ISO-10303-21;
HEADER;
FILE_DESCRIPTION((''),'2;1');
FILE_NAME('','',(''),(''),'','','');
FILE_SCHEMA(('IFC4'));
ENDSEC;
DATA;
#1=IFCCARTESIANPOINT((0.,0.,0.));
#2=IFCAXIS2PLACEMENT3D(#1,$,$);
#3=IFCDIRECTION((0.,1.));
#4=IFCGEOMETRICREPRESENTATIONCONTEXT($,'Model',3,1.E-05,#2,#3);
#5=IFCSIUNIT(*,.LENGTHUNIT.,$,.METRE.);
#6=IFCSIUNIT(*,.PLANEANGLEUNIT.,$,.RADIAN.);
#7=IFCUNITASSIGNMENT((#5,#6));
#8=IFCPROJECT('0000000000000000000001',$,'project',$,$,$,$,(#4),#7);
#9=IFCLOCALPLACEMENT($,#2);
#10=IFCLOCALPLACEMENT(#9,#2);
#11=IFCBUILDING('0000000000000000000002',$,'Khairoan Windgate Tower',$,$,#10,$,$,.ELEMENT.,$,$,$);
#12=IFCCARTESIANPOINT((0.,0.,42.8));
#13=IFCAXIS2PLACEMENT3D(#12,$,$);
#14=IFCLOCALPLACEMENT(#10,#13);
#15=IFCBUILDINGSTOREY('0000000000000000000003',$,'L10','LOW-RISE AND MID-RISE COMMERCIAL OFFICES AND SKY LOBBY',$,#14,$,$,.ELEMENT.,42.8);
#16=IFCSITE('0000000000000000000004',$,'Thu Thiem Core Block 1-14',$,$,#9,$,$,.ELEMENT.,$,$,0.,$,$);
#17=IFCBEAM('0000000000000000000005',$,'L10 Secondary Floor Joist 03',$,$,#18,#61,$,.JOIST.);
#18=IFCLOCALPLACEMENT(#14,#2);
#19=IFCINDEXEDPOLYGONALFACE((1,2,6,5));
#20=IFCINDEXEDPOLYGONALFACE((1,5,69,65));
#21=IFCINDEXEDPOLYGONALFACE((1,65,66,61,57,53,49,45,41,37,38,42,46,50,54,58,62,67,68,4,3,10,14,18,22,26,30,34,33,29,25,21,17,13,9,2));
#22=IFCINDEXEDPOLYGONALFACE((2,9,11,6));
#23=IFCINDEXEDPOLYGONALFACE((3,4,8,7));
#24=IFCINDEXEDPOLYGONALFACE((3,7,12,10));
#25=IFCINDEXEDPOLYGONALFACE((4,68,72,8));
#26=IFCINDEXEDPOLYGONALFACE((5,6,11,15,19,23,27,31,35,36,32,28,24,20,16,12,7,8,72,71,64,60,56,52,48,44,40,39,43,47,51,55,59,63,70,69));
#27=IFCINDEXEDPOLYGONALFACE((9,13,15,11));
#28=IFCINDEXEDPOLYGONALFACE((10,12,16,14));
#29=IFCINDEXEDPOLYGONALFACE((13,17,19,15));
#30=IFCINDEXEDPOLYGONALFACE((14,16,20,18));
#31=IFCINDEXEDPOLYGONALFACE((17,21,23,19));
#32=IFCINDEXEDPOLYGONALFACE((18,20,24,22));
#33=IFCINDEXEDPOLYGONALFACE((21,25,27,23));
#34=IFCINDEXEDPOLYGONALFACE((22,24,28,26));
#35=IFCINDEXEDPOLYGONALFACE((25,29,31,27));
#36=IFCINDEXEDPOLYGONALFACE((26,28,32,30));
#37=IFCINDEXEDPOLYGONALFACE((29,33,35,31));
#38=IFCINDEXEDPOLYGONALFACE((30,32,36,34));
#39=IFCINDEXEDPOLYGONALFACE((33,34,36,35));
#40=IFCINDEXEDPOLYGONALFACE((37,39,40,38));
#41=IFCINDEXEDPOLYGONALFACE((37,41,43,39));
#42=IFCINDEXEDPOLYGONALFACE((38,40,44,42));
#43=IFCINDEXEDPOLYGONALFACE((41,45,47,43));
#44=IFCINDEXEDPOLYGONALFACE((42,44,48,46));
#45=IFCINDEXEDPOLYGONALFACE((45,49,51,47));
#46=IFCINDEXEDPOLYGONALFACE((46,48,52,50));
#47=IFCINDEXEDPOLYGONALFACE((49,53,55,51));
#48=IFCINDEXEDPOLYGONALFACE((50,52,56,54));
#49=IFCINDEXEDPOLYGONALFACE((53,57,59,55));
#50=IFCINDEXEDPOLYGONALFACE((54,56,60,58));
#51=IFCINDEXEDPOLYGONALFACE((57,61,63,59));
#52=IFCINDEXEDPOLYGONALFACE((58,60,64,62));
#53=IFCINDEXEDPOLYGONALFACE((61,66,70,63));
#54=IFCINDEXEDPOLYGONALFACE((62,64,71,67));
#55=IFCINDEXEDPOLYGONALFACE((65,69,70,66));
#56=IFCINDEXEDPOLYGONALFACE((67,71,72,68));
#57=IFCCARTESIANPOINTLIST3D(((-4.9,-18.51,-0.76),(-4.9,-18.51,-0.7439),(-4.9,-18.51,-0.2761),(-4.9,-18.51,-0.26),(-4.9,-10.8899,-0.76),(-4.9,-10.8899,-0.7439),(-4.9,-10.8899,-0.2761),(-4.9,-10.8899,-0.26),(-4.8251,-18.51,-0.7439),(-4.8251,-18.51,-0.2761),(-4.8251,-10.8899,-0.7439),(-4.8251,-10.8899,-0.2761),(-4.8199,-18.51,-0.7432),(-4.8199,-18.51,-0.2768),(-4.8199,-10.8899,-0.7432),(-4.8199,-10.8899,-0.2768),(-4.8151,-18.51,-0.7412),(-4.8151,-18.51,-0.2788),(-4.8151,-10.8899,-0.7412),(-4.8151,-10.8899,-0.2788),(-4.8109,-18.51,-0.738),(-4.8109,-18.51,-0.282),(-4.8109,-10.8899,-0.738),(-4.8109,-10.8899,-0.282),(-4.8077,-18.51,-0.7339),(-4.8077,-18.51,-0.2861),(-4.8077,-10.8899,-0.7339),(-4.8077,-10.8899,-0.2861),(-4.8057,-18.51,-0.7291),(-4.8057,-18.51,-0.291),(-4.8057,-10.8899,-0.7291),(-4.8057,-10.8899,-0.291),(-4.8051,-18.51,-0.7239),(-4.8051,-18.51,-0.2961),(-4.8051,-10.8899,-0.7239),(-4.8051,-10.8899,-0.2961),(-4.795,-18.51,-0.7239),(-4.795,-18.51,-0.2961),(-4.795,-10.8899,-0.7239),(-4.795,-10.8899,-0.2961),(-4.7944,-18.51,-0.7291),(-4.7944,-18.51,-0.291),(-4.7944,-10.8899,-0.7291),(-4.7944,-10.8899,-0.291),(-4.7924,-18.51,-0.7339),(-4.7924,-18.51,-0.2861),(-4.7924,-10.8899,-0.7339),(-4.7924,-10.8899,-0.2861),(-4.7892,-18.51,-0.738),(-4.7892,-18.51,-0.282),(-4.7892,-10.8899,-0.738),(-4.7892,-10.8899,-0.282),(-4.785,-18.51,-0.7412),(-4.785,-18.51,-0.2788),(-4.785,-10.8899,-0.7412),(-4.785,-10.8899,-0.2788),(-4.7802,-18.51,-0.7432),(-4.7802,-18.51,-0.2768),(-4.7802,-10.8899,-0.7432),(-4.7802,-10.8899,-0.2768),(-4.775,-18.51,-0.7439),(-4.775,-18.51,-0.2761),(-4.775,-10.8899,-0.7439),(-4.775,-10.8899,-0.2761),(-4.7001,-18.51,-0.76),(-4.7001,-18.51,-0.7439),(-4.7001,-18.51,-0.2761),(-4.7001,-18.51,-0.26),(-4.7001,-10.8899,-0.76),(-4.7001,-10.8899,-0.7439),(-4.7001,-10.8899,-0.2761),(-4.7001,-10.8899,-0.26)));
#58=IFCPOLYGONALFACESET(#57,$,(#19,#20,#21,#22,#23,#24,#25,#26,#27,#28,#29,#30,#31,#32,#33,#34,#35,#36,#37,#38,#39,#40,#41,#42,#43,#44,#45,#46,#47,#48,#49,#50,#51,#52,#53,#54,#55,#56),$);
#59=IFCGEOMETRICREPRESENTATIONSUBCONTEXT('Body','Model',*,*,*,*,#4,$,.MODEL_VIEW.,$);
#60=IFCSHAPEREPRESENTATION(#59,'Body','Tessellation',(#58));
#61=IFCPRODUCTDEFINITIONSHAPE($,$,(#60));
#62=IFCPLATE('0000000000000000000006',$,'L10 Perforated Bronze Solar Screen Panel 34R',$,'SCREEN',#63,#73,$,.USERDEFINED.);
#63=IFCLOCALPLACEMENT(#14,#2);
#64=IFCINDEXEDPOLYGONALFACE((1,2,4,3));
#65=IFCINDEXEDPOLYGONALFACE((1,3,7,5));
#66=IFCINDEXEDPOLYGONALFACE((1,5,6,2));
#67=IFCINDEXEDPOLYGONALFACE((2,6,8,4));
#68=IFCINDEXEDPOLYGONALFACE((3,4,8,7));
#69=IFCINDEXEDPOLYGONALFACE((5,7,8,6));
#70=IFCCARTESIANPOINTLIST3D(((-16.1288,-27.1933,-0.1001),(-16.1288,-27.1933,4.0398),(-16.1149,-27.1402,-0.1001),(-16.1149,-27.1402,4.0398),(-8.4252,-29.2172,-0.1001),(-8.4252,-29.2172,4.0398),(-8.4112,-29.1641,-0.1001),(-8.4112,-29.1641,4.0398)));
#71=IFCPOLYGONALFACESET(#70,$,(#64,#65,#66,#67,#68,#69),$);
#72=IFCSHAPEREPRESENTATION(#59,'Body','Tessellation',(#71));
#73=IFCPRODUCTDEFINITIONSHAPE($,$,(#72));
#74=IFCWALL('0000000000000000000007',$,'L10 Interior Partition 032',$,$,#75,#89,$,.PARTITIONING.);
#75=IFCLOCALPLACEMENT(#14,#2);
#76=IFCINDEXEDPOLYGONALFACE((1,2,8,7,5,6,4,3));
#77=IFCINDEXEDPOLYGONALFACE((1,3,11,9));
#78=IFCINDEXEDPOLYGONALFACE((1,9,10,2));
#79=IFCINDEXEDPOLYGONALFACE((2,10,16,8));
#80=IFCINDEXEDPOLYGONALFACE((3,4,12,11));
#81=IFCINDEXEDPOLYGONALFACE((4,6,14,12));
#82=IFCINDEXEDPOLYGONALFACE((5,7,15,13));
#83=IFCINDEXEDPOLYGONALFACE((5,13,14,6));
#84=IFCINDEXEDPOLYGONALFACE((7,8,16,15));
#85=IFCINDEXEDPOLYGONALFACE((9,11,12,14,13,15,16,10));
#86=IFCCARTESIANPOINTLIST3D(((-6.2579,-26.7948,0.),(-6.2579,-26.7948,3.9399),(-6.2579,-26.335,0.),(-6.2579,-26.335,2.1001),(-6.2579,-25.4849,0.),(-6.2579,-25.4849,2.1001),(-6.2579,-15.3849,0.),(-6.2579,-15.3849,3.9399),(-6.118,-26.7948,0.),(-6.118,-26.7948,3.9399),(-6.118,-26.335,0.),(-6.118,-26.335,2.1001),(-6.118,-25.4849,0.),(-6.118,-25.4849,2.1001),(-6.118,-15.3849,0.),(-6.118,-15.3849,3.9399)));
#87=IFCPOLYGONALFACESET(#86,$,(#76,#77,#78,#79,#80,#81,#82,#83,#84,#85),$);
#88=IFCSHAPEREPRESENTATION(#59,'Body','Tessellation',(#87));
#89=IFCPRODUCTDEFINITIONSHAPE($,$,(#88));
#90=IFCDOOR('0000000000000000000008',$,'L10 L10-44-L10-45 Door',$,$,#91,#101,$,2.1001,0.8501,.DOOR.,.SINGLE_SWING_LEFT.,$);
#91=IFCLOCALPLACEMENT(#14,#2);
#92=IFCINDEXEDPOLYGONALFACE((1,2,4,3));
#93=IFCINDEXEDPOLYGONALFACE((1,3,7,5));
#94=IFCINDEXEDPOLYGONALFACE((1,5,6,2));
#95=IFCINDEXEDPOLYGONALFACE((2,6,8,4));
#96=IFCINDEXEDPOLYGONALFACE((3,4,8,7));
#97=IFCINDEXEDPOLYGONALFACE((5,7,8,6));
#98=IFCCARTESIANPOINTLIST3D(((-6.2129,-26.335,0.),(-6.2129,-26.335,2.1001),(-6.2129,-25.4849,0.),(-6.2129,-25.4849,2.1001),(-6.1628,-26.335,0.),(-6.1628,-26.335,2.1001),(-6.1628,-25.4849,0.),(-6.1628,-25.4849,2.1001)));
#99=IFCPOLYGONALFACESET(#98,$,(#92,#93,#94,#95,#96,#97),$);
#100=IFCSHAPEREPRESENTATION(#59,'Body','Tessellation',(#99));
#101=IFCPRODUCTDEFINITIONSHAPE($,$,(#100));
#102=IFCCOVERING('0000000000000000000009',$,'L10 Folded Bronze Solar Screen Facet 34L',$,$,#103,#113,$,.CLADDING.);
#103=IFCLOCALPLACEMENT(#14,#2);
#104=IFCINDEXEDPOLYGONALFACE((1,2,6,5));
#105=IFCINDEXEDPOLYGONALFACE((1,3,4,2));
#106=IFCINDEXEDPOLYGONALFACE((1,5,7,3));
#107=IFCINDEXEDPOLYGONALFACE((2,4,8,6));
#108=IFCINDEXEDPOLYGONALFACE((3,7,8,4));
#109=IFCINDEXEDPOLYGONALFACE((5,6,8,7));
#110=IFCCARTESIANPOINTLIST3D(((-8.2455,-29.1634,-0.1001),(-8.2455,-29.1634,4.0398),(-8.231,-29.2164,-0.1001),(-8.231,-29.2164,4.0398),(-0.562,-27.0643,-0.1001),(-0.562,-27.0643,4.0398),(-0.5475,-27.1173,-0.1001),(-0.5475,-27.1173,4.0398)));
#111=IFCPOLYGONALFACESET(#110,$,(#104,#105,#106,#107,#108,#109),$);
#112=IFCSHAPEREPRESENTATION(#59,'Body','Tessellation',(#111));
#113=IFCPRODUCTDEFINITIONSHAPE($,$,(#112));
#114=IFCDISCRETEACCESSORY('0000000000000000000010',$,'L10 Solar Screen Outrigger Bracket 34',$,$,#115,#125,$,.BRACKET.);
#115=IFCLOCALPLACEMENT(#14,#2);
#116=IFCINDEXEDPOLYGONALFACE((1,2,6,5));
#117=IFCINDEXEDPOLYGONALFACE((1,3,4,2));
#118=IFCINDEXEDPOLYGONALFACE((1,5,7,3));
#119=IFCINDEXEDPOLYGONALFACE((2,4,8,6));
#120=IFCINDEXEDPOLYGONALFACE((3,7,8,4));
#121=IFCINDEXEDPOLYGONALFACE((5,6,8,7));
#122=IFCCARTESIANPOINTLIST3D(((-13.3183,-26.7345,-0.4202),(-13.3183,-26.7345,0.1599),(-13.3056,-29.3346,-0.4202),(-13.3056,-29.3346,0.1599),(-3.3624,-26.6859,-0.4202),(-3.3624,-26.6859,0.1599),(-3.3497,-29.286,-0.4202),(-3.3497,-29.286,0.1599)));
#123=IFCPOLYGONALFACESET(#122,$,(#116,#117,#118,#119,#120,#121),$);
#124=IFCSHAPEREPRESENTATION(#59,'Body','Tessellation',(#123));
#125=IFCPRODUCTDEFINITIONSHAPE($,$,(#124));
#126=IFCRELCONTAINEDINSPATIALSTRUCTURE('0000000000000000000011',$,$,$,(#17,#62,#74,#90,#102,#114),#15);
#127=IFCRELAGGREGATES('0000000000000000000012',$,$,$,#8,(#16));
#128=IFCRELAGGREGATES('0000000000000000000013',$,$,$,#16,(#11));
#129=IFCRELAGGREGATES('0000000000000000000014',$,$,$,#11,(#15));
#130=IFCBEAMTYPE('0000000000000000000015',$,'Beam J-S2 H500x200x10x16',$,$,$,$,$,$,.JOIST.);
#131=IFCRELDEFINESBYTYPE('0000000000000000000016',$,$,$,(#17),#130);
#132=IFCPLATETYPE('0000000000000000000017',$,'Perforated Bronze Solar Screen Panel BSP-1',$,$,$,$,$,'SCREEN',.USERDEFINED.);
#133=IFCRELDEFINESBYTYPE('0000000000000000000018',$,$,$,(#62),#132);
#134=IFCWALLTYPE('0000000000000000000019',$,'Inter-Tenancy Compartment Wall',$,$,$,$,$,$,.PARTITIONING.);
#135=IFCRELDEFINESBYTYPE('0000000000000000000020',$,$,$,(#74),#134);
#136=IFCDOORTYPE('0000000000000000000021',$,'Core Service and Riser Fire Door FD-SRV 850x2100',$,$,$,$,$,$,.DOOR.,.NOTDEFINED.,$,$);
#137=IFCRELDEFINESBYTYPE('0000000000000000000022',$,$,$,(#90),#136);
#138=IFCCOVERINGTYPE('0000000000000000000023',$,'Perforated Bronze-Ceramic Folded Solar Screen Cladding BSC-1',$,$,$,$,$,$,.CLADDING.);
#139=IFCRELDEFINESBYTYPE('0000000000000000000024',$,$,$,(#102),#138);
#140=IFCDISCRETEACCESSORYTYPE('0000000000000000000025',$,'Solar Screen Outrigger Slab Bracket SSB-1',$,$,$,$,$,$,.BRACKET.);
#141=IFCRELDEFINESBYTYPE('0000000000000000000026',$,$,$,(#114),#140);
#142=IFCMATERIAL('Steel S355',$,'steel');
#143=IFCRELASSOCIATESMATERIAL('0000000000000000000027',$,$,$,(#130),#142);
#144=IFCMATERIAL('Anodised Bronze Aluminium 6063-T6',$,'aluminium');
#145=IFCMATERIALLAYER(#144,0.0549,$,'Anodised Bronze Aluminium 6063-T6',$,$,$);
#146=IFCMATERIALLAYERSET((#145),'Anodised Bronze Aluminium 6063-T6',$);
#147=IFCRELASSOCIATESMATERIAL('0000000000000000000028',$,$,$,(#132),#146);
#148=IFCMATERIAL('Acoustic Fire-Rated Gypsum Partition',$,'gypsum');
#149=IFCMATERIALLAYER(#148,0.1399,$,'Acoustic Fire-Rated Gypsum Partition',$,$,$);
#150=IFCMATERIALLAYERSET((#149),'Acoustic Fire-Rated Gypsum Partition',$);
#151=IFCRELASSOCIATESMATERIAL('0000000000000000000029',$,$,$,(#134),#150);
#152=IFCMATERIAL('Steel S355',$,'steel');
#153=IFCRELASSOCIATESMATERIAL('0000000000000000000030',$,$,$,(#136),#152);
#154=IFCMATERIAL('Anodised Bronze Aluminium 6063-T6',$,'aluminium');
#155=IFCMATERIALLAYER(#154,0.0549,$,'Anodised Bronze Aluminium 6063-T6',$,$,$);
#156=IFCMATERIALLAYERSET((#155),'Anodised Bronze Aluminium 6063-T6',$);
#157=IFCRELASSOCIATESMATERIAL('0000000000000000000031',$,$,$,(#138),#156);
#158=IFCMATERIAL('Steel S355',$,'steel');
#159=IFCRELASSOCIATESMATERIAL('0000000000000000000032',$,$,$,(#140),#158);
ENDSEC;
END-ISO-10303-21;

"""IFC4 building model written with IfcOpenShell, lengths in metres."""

from ifc_helpers import new_model, si_unit, direction, frame, frame_2d, origin, origin_2d, place, context, subcontext, project, spatial, rectangle, i_section, extrude, material, layer, layer_set, material_profile, profile_set, type_object, element, fill, save


model = new_model("IFC4")

# Units and contexts
model_context = context("Model", 3, precision=1e-05, world=origin(), true_north=direction((0.0, 1.0)))
body_context = subcontext(model_context, "Body", "Model", "MODEL_VIEW")
ifc_project = project(units=[si_unit("LENGTHUNIT", "METRE"), si_unit("PLANEANGLEUNIT", "RADIAN")], contexts=[model_context])

# Site, building, storey
site_placement = place(None, origin())
site = spatial("IfcSite", under=ifc_project, at=site_placement, Name="Thu Thiem Core Block 1-14", CompositionType="ELEMENT", RefElevation=0.0)
building_placement = place(site_placement, origin())
building = spatial("IfcBuilding", under=site, at=building_placement, Name="Khairoan Windgate Tower", CompositionType="ELEMENT")
storey_placement = place(building_placement, frame((0.0, 0.0, 42.8)))
storey = spatial("IfcBuildingStorey", under=building, at=storey_placement, Name="L10", Description="LOW-RISE AND MID-RISE COMMERCIAL OFFICES AND SKY LOBBY", CompositionType="ELEMENT", Elevation=42.8)

# Beam
ifc_material_1 = material(Name="Steel S355", Category="steel")
ifc_material_profile_1 = material_profile(ifc_material_1, i_section(OverallWidth=0.2, OverallDepth=0.5, WebThickness=0.01, FlangeThickness=0.0161, FilletRadius=0.02, at=origin_2d()))
ifc_profile_set_1 = profile_set([ifc_material_profile_1], Name="Steel S355")
beam_type_1 = type_object("IfcBeamType", Name="Beam J-S2 H500x200x10x16", PredefinedType="JOIST", material=ifc_profile_set_1)
beam_1_placement = place(storey_placement, frame((-4.8, -18.51, -0.51), z_axis=(0.0, 1.0, 0.0), x_axis=(-1.0, 0.0, 0.0)))
element("IfcBeam", 1, at=beam_1_placement, inside=storey, type_object=beam_type_1, Name="L10 Secondary Floor Joist 03", PredefinedType="JOIST", context=body_context, shape_type="SweptSolid", body=[
    extrude(i_section(OverallWidth=0.2, OverallDepth=0.5, WebThickness=0.01, FlangeThickness=0.0161, FilletRadius=0.02, at=origin_2d()), origin(), (0.0, 0.0, 1.0), 7.6201),
])

# Plate
ifc_material_2 = material(Name="Anodised Bronze Aluminium 6063-T6", Category="aluminium")
ifc_layer_1 = layer(ifc_material_2, 0.0549, Name="Anodised Bronze Aluminium 6063-T6")
ifc_layer_set_1 = layer_set([ifc_layer_1], Name="Anodised Bronze Aluminium 6063-T6")
plate_type = type_object("IfcPlateType", Name="Perforated Bronze Solar Screen Panel BSP-1", ElementType="SCREEN", PredefinedType="USERDEFINED", material=ifc_layer_set_1)
plate_placement = place(storey_placement, frame((-12.27, -28.1787, -0.1001), z_axis=(0.0, 0.0, 1.0), x_axis=(-0.967179, 0.254096, 0.0)))
element("IfcPlate", 2, at=plate_placement, inside=storey, type_object=plate_type, Name="L10 Perforated Bronze Solar Screen Panel 34R", ObjectType="SCREEN", PredefinedType="USERDEFINED", context=body_context, shape_type="SweptSolid", body=[
    extrude(rectangle(XDim=7.9651, YDim=0.0549, at=origin_2d()), origin(), (0.0, 0.0, 1.0), 4.1399),
])

# Wall, opening, door
ifc_material_3 = material(Name="Acoustic Fire-Rated Gypsum Partition", Category="gypsum")
ifc_layer_2 = layer(ifc_material_3, 0.1399, Name="Acoustic Fire-Rated Gypsum Partition")
ifc_layer_set_2 = layer_set([ifc_layer_2], Name="Acoustic Fire-Rated Gypsum Partition")
wall_type_1 = type_object("IfcWallType", Name="Inter-Tenancy Compartment Wall", PredefinedType="PARTITIONING", material=ifc_layer_set_2)
wall_1_placement = place(storey_placement, frame((-6.188, -26.7949, 0.0), z_axis=(0.0, 0.0, 1.0), x_axis=(0.0, 1.0, 0.0)))
wall_1 = element("IfcWall", 3, at=wall_1_placement, inside=storey, type_object=wall_type_1, Name="L10 Interior Partition 032", PredefinedType="PARTITIONING", context=body_context, shape_type="SweptSolid", body=[
    extrude(rectangle(XDim=11.4099, YDim=0.1399, at=frame_2d((5.7051, 0.0))), origin(), (0.0, 0.0, 1.0), 3.9399),
])
opening_1_placement = place(wall_1_placement, frame((0.46, 0.0, 0.0)))
opening_1 = element("IfcOpeningElement", 4, at=opening_1_placement, cuts=wall_1, PredefinedType="OPENING", context=body_context, shape_type="SweptSolid", body=[
    extrude(rectangle(XDim=0.8501, YDim=2.1001, at=frame_2d((0.425, 1.05))), frame((0.0, 0.0798, 0.0), z_axis=(0.0, -1.0, 0.0), x_axis=(1.0, 0.0, 0.0)), (0.0, 0.0, 1.0), 0.1599),
])
ifc_material_4 = material(Name="Steel S355", Category="steel")
door_type_1 = type_object("IfcDoorType", Name="Core Service and Riser Fire Door FD-SRV 850x2100", OperationType="NOTDEFINED", PredefinedType="DOOR", material=ifc_material_4)
door_1_placement = place(opening_1_placement, origin())
door_1 = element("IfcDoor", 5, at=door_1_placement, inside=storey, type_object=door_type_1, Name="L10 L10-44-L10-45 Door", OperationType="SINGLE_SWING_LEFT", OverallHeight=2.1001, OverallWidth=0.8501, PredefinedType="DOOR", context=body_context, shape_type="SweptSolid", body=[
    extrude(rectangle(XDim=0.8501, YDim=2.1001, at=frame_2d((0.425, 1.05))), frame((0.0, 0.0249, 0.0), z_axis=(0.0, -1.0, 0.0), x_axis=(1.0, 0.0, 0.0)), (0.0, 0.0, 1.0), 0.05),
])
fill(opening_1, door_1)

# Covering
ifc_material_5 = material(Name="Anodised Bronze Aluminium 6063-T6", Category="aluminium")
ifc_layer_3 = layer(ifc_material_5, 0.0549, Name="Anodised Bronze Aluminium 6063-T6")
ifc_layer_set_3 = layer_set([ifc_layer_3], Name="Anodised Bronze Aluminium 6063-T6")
covering_type = type_object("IfcCoveringType", Name="Perforated Bronze-Ceramic Folded Solar Screen Cladding BSC-1", PredefinedType="CLADDING", material=ifc_layer_set_3)
covering_placement = place(storey_placement, frame((-4.3965, -28.1404, -0.1001), z_axis=(0.0, 0.0, 1.0), x_axis=(-0.964649, -0.263536, 0.0)))
element("IfcCovering", 6, at=covering_placement, inside=storey, type_object=covering_type, Name="L10 Folded Bronze Solar Screen Facet 34L", PredefinedType="CLADDING", context=body_context, shape_type="SweptSolid", body=[
    extrude(rectangle(XDim=7.9651, YDim=0.0549, at=origin_2d()), origin(), (0.0, 0.0, 1.0), 4.1399),
])

# Discrete accessory
ifc_material_6 = material(Name="Steel S355", Category="steel")
discrete_accessory_type = type_object("IfcDiscreteAccessoryType", Name="Solar Screen Outrigger Slab Bracket SSB-1", PredefinedType="BRACKET", material=ifc_material_6)
discrete_accessory_placement = place(storey_placement, frame((-8.334, -28.0103, -0.4202), z_axis=(0.0, 0.0, 1.0), x_axis=(-0.999988, -0.004887, 0.0)))
element("IfcDiscreteAccessory", 7, at=discrete_accessory_placement, inside=storey, type_object=discrete_accessory_type, Name="L10 Solar Screen Outrigger Bracket 34", PredefinedType="BRACKET", context=body_context, shape_type="SweptSolid", body=[
    extrude(rectangle(XDim=9.9561, YDim=2.6001, at=origin_2d()), origin(), (0.0, 0.0, 1.0), 0.5801),
])

save(model, "model.ifc")
